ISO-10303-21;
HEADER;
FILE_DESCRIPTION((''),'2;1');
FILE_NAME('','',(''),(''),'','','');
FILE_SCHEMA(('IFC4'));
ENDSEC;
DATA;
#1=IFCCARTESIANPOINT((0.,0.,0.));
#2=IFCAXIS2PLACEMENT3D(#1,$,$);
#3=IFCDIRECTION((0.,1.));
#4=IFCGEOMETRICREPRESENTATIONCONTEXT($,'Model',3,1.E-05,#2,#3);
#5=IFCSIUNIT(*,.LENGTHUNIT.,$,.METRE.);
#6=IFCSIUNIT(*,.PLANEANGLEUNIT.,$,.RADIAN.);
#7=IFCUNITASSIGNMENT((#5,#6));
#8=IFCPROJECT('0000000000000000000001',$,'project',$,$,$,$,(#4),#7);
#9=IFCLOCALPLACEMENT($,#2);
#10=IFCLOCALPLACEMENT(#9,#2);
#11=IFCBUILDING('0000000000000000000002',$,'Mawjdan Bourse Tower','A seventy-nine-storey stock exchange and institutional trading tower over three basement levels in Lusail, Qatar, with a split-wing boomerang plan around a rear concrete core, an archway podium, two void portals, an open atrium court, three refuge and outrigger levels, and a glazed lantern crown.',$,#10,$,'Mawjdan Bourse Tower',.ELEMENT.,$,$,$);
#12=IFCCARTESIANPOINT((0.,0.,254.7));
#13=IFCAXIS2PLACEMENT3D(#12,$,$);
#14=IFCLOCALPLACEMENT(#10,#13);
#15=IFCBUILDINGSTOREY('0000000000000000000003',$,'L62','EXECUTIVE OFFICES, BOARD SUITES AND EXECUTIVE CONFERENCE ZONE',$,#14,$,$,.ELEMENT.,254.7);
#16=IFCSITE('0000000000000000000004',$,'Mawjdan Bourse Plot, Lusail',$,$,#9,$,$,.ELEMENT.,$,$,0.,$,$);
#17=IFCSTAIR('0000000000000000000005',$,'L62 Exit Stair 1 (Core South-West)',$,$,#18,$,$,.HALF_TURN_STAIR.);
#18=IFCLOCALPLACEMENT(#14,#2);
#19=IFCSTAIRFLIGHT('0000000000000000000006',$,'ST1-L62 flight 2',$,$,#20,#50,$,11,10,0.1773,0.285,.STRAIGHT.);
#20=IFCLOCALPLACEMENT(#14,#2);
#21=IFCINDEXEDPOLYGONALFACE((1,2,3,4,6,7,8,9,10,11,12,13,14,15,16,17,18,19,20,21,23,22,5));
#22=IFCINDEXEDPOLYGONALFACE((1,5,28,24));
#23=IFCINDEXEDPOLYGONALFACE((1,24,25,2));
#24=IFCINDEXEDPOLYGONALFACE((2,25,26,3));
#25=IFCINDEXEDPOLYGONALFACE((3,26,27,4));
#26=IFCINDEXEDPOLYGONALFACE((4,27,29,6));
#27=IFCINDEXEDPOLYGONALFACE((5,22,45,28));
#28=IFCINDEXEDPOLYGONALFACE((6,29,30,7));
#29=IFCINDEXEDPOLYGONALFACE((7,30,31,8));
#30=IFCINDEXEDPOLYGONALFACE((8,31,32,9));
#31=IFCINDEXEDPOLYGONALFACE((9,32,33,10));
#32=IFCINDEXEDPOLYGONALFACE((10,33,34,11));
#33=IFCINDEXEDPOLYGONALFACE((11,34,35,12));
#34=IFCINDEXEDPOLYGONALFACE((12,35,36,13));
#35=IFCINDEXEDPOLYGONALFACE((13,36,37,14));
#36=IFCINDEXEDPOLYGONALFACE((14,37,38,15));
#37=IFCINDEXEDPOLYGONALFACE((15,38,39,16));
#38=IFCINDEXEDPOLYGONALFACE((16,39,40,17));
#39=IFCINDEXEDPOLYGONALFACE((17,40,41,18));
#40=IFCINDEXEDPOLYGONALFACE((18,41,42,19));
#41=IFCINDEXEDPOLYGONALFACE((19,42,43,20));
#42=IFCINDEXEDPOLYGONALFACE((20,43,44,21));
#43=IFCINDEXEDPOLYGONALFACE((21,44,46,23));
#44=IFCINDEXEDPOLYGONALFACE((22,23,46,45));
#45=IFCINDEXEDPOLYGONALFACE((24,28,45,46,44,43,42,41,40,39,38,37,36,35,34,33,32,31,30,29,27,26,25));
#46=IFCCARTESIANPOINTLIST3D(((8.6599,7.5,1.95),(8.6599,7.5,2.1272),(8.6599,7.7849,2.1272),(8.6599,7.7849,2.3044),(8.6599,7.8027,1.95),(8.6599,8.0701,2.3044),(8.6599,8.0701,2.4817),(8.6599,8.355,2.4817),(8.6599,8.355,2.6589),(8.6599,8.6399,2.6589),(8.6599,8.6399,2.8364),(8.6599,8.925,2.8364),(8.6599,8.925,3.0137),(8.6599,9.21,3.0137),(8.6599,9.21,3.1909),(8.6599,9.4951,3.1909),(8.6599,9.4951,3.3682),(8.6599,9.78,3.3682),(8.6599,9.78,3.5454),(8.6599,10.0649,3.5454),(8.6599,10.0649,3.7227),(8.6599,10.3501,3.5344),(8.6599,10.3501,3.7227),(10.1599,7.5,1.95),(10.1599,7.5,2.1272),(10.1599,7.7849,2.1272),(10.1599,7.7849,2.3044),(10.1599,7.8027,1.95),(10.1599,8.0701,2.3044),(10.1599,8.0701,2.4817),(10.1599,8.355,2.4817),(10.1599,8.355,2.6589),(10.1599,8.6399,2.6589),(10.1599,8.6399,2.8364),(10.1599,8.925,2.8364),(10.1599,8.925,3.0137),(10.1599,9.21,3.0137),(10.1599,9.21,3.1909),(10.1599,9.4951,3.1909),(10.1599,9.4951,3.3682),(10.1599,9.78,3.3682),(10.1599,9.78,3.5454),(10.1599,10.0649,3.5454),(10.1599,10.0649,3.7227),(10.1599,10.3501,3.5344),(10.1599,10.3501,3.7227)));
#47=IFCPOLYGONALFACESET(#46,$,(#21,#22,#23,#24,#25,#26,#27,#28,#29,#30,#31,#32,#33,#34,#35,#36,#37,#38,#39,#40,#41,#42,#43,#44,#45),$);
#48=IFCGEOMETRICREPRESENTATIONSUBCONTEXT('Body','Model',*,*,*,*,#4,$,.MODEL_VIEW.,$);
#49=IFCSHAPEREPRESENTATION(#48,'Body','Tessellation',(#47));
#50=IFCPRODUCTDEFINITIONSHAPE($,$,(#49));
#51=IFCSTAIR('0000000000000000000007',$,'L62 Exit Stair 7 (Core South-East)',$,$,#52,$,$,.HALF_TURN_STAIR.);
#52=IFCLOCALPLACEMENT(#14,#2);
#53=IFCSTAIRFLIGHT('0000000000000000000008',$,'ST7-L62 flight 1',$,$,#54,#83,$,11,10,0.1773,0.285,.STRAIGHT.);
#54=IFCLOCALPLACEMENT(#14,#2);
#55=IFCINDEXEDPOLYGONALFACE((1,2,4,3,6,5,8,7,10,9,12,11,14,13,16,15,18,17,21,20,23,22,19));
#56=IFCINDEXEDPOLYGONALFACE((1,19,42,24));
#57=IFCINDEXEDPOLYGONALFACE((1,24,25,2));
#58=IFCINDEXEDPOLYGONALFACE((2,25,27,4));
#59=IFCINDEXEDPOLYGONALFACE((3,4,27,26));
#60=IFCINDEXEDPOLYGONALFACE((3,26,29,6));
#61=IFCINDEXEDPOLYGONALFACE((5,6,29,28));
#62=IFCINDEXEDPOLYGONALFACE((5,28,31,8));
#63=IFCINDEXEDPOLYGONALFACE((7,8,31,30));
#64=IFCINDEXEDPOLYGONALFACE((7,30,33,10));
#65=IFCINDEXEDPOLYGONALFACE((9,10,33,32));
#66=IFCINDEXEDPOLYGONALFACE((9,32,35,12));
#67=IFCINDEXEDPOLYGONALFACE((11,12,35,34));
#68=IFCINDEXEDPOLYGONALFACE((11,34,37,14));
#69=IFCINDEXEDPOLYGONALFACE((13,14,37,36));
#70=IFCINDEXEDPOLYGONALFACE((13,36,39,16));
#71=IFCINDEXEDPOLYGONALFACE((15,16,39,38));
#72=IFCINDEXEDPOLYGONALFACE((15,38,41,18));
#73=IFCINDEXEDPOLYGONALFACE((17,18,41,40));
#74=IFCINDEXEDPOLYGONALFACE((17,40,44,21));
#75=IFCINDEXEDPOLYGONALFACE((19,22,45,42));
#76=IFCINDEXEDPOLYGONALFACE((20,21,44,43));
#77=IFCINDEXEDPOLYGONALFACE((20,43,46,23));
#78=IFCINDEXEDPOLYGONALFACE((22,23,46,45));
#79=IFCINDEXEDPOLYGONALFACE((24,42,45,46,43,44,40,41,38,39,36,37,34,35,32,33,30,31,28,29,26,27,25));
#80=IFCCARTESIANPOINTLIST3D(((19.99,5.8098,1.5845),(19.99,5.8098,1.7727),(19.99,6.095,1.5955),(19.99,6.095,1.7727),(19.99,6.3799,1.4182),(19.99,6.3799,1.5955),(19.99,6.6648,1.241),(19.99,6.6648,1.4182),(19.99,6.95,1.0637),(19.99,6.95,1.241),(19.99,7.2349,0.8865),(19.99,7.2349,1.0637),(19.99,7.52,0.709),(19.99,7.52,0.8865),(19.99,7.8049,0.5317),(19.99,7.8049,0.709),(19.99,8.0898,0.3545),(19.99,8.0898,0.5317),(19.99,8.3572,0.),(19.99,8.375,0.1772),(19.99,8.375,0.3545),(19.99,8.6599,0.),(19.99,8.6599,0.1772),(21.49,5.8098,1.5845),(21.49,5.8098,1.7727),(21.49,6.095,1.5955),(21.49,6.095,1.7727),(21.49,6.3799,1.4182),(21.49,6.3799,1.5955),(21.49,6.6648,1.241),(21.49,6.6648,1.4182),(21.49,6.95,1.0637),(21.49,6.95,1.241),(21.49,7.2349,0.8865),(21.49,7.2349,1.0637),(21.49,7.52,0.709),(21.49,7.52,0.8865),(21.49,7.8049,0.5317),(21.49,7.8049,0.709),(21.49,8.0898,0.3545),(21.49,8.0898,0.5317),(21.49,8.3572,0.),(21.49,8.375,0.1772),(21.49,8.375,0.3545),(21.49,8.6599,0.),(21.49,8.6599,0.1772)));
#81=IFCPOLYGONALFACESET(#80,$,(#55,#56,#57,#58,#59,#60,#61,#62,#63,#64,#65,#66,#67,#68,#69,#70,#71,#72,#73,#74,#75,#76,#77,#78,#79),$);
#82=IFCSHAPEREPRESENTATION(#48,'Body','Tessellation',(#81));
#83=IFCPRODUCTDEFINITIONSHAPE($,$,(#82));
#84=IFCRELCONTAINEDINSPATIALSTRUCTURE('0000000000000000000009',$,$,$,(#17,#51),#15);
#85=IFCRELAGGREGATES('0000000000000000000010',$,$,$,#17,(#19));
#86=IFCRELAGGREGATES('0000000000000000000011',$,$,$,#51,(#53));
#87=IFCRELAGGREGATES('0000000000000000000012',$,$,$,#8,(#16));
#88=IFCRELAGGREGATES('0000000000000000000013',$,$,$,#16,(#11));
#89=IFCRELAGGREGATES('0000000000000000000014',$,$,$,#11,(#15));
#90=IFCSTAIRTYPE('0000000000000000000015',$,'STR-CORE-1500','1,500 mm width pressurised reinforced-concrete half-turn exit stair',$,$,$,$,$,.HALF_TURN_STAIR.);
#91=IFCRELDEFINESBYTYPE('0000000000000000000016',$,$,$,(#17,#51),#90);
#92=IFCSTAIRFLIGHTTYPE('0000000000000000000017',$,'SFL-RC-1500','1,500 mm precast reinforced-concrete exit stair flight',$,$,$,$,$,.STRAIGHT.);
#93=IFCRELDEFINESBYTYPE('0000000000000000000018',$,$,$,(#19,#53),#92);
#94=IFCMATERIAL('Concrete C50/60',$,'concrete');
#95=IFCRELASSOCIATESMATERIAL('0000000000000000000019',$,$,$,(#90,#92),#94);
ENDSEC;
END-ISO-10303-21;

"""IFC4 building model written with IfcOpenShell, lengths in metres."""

from ifc_helpers import new_model, si_unit, direction, frame, origin, place, context, subcontext, project, spatial, polyline, outline, extrude, material, type_object, element, aggregate, save


model = new_model("IFC4")

# Units and contexts
model_context = context("Model", 3, precision=1e-05, world=origin(), true_north=direction((0.0, 1.0)))
body_context = subcontext(model_context, "Body", "Model", "MODEL_VIEW")
ifc_project = project(units=[si_unit("LENGTHUNIT", "METRE"), si_unit("PLANEANGLEUNIT", "RADIAN")], contexts=[model_context])

# Site, building, storey
site_placement = place(None, origin())
site = spatial("IfcSite", under=ifc_project, at=site_placement, Name="Mawjdan Bourse Plot, Lusail", CompositionType="ELEMENT", RefElevation=0.0)
building_placement = place(site_placement, origin())
building = spatial("IfcBuilding", under=site, at=building_placement, Name="Mawjdan Bourse Tower", Description="A seventy-nine-storey stock exchange and institutional trading tower over three basement levels in Lusail, Qatar, with a split-wing boomerang plan around a rear concrete core, an archway podium, two void portals, an open atrium court, three refuge and outrigger levels, and a glazed lantern crown.", LongName="Mawjdan Bourse Tower", CompositionType="ELEMENT")
storey_placement = place(building_placement, frame((0.0, 0.0, 254.7)))
storey = spatial("IfcBuildingStorey", under=building, at=storey_placement, Name="L62", Description="EXECUTIVE OFFICES, BOARD SUITES AND EXECUTIVE CONFERENCE ZONE", CompositionType="ELEMENT", Elevation=254.7)

# Shared definitions
ifc_material_1 = material(Name="Concrete C50/60", Category="concrete")

# Stairs, stair flights
stair_type = type_object("IfcStairType", Name="STR-CORE-1500", Description="1,500 mm width pressurised reinforced-concrete half-turn exit stair", PredefinedType="HALF_TURN_STAIR", material=ifc_material_1)
stair_1_placement = place(storey_placement, origin())
stair_1 = element("IfcStair", 1, at=stair_1_placement, inside=storey, type_object=stair_type, Name="L62 Exit Stair 1 (Core South-West)", PredefinedType="HALF_TURN_STAIR")
stair_flight_type = type_object("IfcStairFlightType", Name="SFL-RC-1500", Description="1,500 mm precast reinforced-concrete exit stair flight", PredefinedType="STRAIGHT", material=ifc_material_1)
stair_flight_1_placement = place(storey_placement, frame((9.4099, 7.5, 1.95), z_axis=(0.0, 0.0, 1.0), x_axis=(0.0, 1.0, 0.0)))
stair_flight_1 = element("IfcStairFlight", 2, at=stair_flight_1_placement, type_object=stair_flight_type, Name="ST1-L62 flight 2", NumberOfRisers=11, NumberOfTreads=10, PredefinedType="STRAIGHT", RiserHeight=0.1773, TreadLength=0.285, context=body_context, shape_type="SweptSolid", body=[
    extrude(outline(polyline([(0.0, 0.0), (0.0, 0.1772), (0.2849, 0.1772), (0.2849, 0.3545), (0.5701, 0.3545), (0.5701, 0.5317), (0.855, 0.5317), (0.855, 0.709), (1.1399, 0.709), (1.1399, 0.8865), (1.425, 0.8865), (1.425, 1.0637), (1.71, 1.0637), (1.71, 1.241), (1.9951, 1.241), (1.9951, 1.4182), (2.28, 1.4182), (2.28, 1.5955), (2.5649, 1.5955), (2.5649, 1.7727), (2.8501, 1.7727), (2.8501, 1.95), (2.8501, 1.5845), (0.3027, 0.0), (0.0, 0.0)])), frame((0.0, 0.75, 0.0), z_axis=(0.0, -1.0, 0.0), x_axis=(1.0, 0.0, 0.0)), (0.0, 0.0, 1.0), 1.5),
])
aggregate(stair_1, [stair_flight_1])
stair_2_placement = place(storey_placement, origin())
stair_2 = element("IfcStair", 3, at=stair_2_placement, inside=storey, type_object=stair_type, Name="L62 Exit Stair 7 (Core South-East)", PredefinedType="HALF_TURN_STAIR")
stair_flight_2_placement = place(storey_placement, frame((20.74, 8.6599, 0.0), z_axis=(0.0, 0.0, 1.0), x_axis=(0.0, -1.0, 0.0)))
stair_flight_2 = element("IfcStairFlight", 4, at=stair_flight_2_placement, type_object=stair_flight_type, Name="ST7-L62 flight 1", NumberOfRisers=11, NumberOfTreads=10, PredefinedType="STRAIGHT", RiserHeight=0.1773, TreadLength=0.285, context=body_context, shape_type="SweptSolid", body=[
    extrude(outline(polyline([(0.0, 0.0), (0.0, 0.1772), (0.2849, 0.1772), (0.2849, 0.3545), (0.5701, 0.3545), (0.5701, 0.5317), (0.855, 0.5317), (0.855, 0.709), (1.1399, 0.709), (1.1399, 0.8865), (1.425, 0.8865), (1.425, 1.0637), (1.71, 1.0637), (1.71, 1.241), (1.9951, 1.241), (1.9951, 1.4182), (2.28, 1.4182), (2.28, 1.5955), (2.5649, 1.5955), (2.5649, 1.7727), (2.8501, 1.7727), (2.8501, 1.95), (2.8501, 1.5845), (0.3027, 0.0), (0.0, 0.0)])), frame((0.0, 0.75, 0.0), z_axis=(0.0, -1.0, 0.0), x_axis=(1.0, 0.0, 0.0)), (0.0, 0.0, 1.0), 1.5),
])
aggregate(stair_2, [stair_flight_2])

save(model, "model.ifc")
